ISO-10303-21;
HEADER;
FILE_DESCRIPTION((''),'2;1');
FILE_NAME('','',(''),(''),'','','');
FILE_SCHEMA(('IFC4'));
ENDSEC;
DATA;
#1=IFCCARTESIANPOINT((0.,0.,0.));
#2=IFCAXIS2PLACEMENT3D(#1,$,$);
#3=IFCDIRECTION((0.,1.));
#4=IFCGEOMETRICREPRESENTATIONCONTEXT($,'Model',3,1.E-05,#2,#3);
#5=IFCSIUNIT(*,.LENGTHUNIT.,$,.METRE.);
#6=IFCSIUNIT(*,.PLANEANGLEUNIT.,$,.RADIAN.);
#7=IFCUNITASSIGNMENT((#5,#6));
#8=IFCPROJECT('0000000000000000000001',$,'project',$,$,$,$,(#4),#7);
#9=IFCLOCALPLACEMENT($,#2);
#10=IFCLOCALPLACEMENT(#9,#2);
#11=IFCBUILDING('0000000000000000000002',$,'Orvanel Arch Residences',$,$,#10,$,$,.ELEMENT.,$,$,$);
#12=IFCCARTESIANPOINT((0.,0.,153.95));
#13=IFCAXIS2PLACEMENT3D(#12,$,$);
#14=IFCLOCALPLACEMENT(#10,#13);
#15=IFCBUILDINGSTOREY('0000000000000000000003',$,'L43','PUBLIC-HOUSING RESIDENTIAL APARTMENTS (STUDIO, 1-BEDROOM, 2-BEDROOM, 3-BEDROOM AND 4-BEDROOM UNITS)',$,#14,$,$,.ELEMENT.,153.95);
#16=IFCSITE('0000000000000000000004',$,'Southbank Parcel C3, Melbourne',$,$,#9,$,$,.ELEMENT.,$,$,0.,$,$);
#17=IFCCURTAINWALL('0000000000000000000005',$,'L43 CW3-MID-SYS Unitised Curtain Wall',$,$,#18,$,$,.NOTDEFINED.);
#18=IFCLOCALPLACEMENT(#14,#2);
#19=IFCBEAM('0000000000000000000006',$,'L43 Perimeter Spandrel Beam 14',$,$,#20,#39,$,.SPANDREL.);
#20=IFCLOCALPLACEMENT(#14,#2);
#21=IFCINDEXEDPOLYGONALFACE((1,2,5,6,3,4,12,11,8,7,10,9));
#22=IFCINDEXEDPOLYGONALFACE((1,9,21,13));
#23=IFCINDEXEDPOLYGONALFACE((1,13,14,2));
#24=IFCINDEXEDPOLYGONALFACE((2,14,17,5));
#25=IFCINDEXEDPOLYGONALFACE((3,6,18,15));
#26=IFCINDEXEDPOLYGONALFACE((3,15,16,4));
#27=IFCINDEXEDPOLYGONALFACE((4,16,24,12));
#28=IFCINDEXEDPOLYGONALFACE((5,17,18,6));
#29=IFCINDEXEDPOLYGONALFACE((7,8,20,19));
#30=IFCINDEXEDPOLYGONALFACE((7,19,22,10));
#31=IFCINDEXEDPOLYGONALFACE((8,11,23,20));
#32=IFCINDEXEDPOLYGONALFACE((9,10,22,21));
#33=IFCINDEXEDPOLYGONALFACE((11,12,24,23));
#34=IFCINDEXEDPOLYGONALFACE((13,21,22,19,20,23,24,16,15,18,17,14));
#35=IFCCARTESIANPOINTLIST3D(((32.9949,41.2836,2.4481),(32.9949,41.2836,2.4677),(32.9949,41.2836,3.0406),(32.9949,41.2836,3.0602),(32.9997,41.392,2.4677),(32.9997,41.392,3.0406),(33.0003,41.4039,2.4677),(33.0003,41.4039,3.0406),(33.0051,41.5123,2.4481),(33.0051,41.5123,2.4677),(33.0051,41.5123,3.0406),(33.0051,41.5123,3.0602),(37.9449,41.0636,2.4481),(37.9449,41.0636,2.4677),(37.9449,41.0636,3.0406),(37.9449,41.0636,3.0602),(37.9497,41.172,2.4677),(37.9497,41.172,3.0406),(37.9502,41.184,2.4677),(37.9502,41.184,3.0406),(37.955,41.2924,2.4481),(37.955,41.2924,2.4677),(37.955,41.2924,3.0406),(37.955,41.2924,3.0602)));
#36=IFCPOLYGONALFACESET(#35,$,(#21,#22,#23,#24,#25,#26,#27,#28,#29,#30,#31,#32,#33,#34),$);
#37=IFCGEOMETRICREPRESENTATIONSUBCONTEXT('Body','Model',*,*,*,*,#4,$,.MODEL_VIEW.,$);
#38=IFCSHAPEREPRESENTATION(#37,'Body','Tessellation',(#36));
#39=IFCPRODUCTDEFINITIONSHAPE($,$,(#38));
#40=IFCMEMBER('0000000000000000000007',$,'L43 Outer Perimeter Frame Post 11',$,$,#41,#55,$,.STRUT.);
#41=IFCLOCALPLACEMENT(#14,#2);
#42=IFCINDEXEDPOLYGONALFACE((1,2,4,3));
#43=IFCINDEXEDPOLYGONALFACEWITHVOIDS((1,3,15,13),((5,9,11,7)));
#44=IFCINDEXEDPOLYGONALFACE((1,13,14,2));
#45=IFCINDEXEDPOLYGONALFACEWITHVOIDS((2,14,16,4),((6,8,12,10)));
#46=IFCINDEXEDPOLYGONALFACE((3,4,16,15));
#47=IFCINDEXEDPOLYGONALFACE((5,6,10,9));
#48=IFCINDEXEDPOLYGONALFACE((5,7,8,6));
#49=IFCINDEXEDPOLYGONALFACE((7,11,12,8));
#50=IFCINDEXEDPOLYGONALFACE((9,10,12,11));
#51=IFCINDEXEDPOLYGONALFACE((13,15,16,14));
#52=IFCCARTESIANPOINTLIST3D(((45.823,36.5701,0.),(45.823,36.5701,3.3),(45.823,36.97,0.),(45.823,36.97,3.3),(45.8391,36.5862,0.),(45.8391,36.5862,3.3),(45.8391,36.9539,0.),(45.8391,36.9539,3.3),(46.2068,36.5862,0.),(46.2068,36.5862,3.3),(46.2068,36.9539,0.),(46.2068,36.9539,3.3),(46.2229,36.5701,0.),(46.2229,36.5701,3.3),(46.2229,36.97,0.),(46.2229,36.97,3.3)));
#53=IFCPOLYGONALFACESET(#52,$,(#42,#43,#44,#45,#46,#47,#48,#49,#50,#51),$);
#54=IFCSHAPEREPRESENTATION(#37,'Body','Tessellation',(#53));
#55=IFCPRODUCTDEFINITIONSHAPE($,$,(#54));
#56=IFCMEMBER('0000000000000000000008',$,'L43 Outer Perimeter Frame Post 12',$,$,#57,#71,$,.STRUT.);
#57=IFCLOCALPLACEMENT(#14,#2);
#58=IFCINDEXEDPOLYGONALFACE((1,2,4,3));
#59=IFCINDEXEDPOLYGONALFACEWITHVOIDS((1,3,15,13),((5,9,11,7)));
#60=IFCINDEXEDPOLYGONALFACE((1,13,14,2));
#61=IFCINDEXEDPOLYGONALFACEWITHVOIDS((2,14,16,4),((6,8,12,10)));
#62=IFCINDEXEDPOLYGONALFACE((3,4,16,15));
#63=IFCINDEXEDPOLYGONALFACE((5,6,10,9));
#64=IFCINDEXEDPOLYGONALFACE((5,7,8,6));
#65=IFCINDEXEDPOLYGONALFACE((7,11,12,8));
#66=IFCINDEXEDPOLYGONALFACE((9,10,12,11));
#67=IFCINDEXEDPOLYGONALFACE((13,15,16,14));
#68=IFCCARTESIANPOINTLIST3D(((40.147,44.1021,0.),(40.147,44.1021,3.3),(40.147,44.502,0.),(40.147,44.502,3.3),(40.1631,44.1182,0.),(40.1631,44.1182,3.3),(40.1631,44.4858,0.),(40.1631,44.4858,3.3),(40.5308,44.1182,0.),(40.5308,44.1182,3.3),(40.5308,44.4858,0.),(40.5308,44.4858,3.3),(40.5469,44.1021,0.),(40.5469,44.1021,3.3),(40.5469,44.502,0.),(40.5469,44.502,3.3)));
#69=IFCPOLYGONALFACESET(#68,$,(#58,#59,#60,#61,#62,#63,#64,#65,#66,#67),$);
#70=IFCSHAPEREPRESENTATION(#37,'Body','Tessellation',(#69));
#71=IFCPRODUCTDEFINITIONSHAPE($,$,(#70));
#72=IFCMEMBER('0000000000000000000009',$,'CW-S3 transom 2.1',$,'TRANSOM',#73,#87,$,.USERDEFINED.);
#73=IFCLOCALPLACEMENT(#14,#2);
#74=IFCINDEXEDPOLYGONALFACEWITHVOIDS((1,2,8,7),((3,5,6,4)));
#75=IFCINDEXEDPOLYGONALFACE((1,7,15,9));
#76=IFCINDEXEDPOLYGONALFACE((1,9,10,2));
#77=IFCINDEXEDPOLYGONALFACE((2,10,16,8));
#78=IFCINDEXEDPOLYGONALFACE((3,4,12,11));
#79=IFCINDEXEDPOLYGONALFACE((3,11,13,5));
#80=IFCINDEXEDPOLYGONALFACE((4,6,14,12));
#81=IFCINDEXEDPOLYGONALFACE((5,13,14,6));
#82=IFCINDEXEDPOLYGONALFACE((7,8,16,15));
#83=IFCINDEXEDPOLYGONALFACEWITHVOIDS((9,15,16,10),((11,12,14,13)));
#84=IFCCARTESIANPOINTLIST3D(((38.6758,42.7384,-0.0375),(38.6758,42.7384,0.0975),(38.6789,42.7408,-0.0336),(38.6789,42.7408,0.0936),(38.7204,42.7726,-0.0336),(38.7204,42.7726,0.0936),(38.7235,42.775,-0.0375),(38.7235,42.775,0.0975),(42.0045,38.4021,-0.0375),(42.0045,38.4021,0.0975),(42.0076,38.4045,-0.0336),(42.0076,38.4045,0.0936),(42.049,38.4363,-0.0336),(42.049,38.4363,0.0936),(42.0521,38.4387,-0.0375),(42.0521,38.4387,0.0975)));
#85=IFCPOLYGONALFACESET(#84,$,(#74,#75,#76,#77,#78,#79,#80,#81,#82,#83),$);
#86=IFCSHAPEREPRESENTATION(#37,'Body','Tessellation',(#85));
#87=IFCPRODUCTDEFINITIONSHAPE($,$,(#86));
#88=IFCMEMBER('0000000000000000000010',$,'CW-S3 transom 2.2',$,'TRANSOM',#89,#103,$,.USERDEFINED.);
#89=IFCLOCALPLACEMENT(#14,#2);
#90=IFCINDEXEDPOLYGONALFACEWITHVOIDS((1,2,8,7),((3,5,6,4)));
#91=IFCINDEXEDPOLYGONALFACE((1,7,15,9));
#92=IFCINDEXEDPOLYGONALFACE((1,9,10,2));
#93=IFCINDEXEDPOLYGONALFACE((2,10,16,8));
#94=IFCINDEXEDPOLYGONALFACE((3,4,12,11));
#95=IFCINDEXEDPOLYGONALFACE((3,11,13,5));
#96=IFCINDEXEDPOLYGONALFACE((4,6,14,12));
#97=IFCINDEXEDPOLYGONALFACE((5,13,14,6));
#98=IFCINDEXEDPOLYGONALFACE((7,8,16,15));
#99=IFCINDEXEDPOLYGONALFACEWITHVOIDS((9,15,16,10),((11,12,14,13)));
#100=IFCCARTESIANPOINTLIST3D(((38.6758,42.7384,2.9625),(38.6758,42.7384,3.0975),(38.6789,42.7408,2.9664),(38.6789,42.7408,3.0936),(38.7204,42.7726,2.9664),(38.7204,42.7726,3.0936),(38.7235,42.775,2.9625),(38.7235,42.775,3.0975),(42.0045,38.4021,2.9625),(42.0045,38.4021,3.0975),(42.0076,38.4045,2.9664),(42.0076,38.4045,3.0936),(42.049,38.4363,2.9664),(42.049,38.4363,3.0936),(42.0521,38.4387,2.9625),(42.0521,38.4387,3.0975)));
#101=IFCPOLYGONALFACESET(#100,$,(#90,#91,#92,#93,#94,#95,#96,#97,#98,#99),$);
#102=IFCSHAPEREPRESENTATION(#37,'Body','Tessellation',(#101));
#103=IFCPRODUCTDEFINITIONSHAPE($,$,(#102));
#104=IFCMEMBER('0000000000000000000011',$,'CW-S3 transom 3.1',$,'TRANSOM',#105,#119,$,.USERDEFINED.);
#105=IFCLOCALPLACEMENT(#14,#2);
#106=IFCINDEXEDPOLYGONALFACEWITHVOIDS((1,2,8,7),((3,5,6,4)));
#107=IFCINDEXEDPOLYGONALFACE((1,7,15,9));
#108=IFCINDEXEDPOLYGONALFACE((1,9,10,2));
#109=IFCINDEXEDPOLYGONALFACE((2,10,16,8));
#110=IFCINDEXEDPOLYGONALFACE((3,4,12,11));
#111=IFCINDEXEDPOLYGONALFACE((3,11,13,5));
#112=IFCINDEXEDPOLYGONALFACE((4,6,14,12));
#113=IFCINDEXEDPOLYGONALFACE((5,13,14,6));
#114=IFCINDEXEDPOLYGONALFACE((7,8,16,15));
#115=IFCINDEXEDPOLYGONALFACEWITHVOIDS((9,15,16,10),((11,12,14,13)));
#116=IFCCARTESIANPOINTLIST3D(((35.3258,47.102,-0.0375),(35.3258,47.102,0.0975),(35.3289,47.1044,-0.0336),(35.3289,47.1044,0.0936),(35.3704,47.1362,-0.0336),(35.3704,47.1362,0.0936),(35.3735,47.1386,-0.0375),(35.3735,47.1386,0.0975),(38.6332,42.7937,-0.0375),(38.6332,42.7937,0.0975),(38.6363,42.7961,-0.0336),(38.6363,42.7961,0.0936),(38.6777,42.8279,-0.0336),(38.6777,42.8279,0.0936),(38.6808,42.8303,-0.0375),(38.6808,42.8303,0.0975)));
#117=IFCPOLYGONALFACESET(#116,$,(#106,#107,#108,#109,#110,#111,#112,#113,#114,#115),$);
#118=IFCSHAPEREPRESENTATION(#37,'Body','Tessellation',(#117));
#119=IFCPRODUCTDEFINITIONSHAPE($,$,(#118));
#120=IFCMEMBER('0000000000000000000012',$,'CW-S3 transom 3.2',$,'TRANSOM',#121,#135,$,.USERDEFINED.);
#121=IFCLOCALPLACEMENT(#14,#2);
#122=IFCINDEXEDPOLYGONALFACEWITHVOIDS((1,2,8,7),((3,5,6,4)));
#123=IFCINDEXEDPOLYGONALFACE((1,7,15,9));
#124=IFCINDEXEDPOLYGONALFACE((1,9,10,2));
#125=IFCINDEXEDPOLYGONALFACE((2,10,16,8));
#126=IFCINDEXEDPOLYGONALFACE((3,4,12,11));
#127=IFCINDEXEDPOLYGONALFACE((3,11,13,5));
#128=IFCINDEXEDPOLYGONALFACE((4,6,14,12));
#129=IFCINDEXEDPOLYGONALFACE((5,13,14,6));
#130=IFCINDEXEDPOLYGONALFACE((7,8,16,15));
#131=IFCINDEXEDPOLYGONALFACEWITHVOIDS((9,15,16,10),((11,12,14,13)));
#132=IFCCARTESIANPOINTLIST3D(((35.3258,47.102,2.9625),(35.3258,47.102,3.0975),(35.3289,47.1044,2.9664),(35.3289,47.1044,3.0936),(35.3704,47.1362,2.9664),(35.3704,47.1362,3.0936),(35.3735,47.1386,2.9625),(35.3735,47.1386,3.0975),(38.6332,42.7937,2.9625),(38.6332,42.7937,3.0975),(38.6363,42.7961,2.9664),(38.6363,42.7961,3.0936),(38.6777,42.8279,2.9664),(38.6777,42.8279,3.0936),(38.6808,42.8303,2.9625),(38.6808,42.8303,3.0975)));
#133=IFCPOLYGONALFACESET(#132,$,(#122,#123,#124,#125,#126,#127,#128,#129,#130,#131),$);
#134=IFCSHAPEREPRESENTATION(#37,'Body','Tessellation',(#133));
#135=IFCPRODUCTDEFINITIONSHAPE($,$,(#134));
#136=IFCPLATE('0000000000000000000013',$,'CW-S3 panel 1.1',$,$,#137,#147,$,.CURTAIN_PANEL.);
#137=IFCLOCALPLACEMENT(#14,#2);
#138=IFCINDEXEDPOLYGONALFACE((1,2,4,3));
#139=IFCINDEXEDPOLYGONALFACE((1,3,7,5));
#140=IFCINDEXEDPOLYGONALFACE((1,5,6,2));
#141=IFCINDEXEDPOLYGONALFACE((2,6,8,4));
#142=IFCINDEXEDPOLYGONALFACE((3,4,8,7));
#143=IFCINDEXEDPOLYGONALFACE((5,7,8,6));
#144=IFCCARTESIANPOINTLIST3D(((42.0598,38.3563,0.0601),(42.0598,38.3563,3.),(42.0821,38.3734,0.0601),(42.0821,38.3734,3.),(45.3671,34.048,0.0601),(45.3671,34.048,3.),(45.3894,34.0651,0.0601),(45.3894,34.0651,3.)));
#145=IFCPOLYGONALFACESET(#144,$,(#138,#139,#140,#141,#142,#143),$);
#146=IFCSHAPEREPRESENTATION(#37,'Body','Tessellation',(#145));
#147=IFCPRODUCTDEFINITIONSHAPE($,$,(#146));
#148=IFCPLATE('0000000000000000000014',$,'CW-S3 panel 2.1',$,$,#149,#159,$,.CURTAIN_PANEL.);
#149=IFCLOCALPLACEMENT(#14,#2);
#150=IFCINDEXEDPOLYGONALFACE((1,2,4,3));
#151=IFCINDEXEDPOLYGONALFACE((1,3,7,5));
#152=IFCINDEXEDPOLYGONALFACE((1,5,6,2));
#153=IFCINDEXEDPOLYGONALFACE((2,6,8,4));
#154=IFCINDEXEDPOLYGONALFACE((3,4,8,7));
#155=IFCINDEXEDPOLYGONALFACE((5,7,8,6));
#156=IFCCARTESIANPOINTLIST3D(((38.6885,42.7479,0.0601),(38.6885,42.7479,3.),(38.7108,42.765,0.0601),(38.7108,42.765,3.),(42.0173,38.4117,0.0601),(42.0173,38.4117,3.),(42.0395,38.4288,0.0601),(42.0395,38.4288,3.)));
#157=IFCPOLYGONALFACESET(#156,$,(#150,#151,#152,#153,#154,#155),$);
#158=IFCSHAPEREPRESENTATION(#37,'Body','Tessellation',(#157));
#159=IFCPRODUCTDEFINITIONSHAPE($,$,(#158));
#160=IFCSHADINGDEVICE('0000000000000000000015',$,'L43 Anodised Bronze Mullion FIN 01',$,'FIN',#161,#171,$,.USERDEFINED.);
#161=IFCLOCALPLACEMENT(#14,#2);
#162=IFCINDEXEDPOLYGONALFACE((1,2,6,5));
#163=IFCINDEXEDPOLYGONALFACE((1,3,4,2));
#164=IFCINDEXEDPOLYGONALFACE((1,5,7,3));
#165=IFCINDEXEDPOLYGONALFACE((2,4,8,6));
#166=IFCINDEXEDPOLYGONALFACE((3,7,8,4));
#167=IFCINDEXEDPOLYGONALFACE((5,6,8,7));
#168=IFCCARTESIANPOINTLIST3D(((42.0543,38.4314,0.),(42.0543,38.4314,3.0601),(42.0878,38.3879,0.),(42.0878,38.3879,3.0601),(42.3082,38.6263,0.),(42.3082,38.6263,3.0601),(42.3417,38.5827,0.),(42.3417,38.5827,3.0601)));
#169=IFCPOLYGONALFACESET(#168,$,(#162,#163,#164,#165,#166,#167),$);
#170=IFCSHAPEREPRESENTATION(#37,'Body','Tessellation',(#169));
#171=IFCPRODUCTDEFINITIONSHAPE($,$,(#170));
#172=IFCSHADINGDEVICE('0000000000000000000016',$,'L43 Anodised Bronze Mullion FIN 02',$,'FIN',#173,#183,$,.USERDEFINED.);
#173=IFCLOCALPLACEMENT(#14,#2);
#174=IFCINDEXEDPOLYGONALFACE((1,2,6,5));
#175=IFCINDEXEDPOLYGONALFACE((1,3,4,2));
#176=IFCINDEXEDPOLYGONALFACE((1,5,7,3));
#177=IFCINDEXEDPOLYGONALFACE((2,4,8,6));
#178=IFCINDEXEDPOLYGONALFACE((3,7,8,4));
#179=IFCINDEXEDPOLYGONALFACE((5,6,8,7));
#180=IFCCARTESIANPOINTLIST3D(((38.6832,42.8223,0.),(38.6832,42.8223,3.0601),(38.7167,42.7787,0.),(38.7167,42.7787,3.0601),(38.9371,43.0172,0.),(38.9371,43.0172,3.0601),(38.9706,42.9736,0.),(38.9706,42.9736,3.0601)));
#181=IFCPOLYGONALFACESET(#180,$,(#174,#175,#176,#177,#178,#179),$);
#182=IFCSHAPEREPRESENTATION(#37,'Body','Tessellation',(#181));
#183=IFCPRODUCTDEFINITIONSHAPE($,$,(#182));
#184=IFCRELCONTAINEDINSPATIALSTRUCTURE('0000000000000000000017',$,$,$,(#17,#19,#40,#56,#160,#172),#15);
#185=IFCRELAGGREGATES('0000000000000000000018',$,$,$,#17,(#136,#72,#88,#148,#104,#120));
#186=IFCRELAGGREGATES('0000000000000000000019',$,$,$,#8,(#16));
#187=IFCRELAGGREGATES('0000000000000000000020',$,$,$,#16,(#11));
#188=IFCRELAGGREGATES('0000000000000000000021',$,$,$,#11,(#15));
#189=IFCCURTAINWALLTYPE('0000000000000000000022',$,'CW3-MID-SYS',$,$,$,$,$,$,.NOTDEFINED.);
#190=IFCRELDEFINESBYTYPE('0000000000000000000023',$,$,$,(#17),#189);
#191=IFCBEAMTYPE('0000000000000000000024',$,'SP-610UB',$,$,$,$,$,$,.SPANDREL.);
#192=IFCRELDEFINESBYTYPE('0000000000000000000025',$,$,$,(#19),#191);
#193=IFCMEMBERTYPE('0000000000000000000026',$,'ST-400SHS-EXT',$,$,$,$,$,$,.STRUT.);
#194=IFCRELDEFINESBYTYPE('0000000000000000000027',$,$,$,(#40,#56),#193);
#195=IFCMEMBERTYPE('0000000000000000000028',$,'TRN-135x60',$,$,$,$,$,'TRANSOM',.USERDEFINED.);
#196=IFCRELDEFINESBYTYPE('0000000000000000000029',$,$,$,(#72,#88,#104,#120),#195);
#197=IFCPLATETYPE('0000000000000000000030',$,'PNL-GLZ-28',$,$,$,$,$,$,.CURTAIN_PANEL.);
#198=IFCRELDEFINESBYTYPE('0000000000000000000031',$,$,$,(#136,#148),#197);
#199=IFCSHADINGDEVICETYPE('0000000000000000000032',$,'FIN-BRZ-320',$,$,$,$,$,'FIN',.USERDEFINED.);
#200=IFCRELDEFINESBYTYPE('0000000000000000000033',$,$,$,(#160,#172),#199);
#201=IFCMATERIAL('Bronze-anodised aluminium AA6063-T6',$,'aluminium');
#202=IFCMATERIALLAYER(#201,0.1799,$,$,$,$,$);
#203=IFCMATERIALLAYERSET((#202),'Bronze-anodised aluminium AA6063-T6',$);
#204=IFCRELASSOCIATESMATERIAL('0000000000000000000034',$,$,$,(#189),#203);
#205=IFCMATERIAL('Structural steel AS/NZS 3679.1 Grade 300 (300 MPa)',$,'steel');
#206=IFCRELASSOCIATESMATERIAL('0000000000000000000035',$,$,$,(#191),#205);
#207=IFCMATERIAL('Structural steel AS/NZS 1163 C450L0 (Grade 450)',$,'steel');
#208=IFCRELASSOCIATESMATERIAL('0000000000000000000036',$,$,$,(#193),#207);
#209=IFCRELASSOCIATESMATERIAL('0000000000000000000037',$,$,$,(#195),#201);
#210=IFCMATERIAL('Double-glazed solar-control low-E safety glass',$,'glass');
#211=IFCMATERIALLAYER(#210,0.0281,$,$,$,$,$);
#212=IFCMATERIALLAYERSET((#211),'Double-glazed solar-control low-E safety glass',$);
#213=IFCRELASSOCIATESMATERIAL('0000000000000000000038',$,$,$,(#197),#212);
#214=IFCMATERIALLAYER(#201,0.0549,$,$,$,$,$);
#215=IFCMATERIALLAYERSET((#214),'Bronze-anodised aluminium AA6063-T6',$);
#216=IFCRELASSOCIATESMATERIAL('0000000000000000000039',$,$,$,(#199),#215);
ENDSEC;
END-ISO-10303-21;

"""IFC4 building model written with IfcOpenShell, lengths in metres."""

from ifc_helpers import new_model, si_unit, direction, frame, origin, origin_2d, place, context, subcontext, project, spatial, rectangle, hollow_rectangle, i_section, extrude, material, layer, layer_set, material_profile, profile_set, type_object, element, aggregate, save


model = new_model("IFC4")

# Units and contexts
model_context = context("Model", 3, precision=1e-05, world=origin(), true_north=direction((0.0, 1.0)))
body_context = subcontext(model_context, "Body", "Model", "MODEL_VIEW")
ifc_project = project(units=[si_unit("LENGTHUNIT", "METRE"), si_unit("PLANEANGLEUNIT", "RADIAN")], contexts=[model_context])

# Site, building, storey
site_placement = place(None, origin())
site = spatial("IfcSite", under=ifc_project, at=site_placement, Name="Southbank Parcel C3, Melbourne", CompositionType="ELEMENT", RefElevation=0.0)
building_placement = place(site_placement, origin())
building = spatial("IfcBuilding", under=site, at=building_placement, Name="Orvanel Arch Residences", CompositionType="ELEMENT")
storey_placement = place(building_placement, frame((0.0, 0.0, 153.95)))
storey = spatial("IfcBuildingStorey", under=building, at=storey_placement, Name="L43", Description="PUBLIC-HOUSING RESIDENTIAL APARTMENTS (STUDIO, 1-BEDROOM, 2-BEDROOM, 3-BEDROOM AND 4-BEDROOM UNITS)", CompositionType="ELEMENT", Elevation=153.95)

# Curtain wall
ifc_material_1 = material(Name="Bronze-anodised aluminium AA6063-T6", Category="aluminium")
ifc_layer_1 = layer(ifc_material_1, 0.1799)
ifc_layer_set_1 = layer_set([ifc_layer_1], Name="Bronze-anodised aluminium AA6063-T6")
curtain_wall_type = type_object("IfcCurtainWallType", Name="CW3-MID-SYS", PredefinedType="NOTDEFINED", material=ifc_layer_set_1)
curtain_wall_placement = place(storey_placement, origin())
curtain_wall = element("IfcCurtainWall", 1, at=curtain_wall_placement, inside=storey, type_object=curtain_wall_type, Name="L43 CW3-MID-SYS Unitised Curtain Wall", PredefinedType="NOTDEFINED")

# Beam
ifc_material_2 = material(Name="Structural steel AS/NZS 3679.1 Grade 300 (300 MPa)", Category="steel")
ifc_material_profile_1 = material_profile(ifc_material_2, i_section(OverallWidth=0.229, OverallDepth=0.6121, WebThickness=0.012, FlangeThickness=0.0195, at=origin_2d()), Name="610UB125")
ifc_profile_set_1 = profile_set([ifc_material_profile_1], Name="Structural steel AS/NZS 3679.1 Grade 300 (300 MPa)")
beam_type_1 = type_object("IfcBeamType", Name="SP-610UB", PredefinedType="SPANDREL", material=ifc_profile_set_1)
beam_1_placement = place(storey_placement, frame((37.95, 41.178, 2.7542), z_axis=(-0.999014, 0.044395, 0.0), x_axis=(-0.044395, -0.999014, 0.0)))
element("IfcBeam", 2, at=beam_1_placement, inside=storey, type_object=beam_type_1, Name="L43 Perimeter Spandrel Beam 14", PredefinedType="SPANDREL", context=body_context, shape_type="SweptSolid", body=[
    extrude(i_section(OverallWidth=0.229, OverallDepth=0.6121, WebThickness=0.012, FlangeThickness=0.0195, at=origin_2d()), origin(), (0.0, 0.0, 1.0), 4.9548),
])

# Members
ifc_material_3 = material(Name="Structural steel AS/NZS 1163 C450L0 (Grade 450)", Category="steel")
ifc_material_profile_2 = material_profile(ifc_material_3, hollow_rectangle(XDim=0.3999, YDim=0.3999, WallThickness=0.0161, at=origin_2d()), Name="SHS400x400x16")
ifc_profile_set_2 = profile_set([ifc_material_profile_2], Name="Structural steel AS/NZS 1163 C450L0 (Grade 450)")
member_type_1 = type_object("IfcMemberType", Name="ST-400SHS-EXT", PredefinedType="STRUT", material=ifc_profile_set_2)
for number, where, z_axis, x_axis, name in (
    (3, (46.0229, 36.77, 0.0), (0.0, 0.0, 1.0), (1.0, 0.0, 0.0), "L43 Outer Perimeter Frame Post 11"),
    (4, (40.3469, 44.302, 0.0), (0.0, 0.0, 1.0), (1.0, 0.0, 0.0), "L43 Outer Perimeter Frame Post 12"),
):
    element("IfcMember", number, at=place(storey_placement, frame(where, z_axis=z_axis, x_axis=x_axis)), inside=storey, type_object=member_type_1, Name=name, PredefinedType="STRUT", context=body_context, shape_type="SweptSolid", body=[
        extrude(hollow_rectangle(XDim=0.3999, YDim=0.3999, WallThickness=0.0161, at=origin_2d()), origin(), (0.0, 0.0, 1.0), 3.3),
    ])

# Members
ifc_material_profile_3 = material_profile(ifc_material_1, hollow_rectangle(XDim=0.0601, YDim=0.135, WallThickness=0.0039, at=origin_2d()), Name="ALU135x60x4")
ifc_profile_set_3 = profile_set([ifc_material_profile_3], Name="Bronze-anodised aluminium AA6063-T6")
member_type_2 = type_object("IfcMemberType", Name="TRN-135x60", ElementType="TRANSOM", PredefinedType="USERDEFINED", material=ifc_profile_set_3)
member_1_placement = place(storey_placement, frame((42.0283, 38.4204, 0.03), z_axis=(-0.608916, 0.793235, 0.0), x_axis=(-0.793235, -0.608916, 0.0)))
member_1 = element("IfcMember", 5, at=member_1_placement, type_object=member_type_2, Name="CW-S3 transom 2.1", ObjectType="TRANSOM", PredefinedType="USERDEFINED", context=body_context, shape_type="SweptSolid", body=[
    extrude(hollow_rectangle(XDim=0.0601, YDim=0.135, WallThickness=0.0039, at=origin_2d()), origin(), (0.0, 0.0, 1.0), 5.4666),
])
member_2_placement = place(storey_placement, frame((42.0283, 38.4204, 3.03), z_axis=(-0.608916, 0.793235, 0.0), x_axis=(-0.793235, -0.608916, 0.0)))
member_2 = element("IfcMember", 6, at=member_2_placement, type_object=member_type_2, Name="CW-S3 transom 2.2", ObjectType="TRANSOM", PredefinedType="USERDEFINED", context=body_context, shape_type="SweptSolid", body=[
    extrude(hollow_rectangle(XDim=0.0601, YDim=0.135, WallThickness=0.0039, at=origin_2d()), origin(), (0.0, 0.0, 1.0), 5.4666),
])
member_3_placement = place(storey_placement, frame((38.657, 42.812, 0.03), z_axis=(-0.608931, 0.793223, 0.0), x_axis=(-0.793223, -0.608931, 0.0)))
member_3 = element("IfcMember", 7, at=member_3_placement, type_object=member_type_2, Name="CW-S3 transom 3.1", ObjectType="TRANSOM", PredefinedType="USERDEFINED", context=body_context, shape_type="SweptSolid", body=[
    extrude(hollow_rectangle(XDim=0.0601, YDim=0.135, WallThickness=0.0039, at=origin_2d()), origin(), (0.0, 0.0, 1.0), 5.4314),
])
member_4_placement = place(storey_placement, frame((38.657, 42.812, 3.03), z_axis=(-0.608931, 0.793223, 0.0), x_axis=(-0.793223, -0.608931, 0.0)))
member_4 = element("IfcMember", 8, at=member_4_placement, type_object=member_type_2, Name="CW-S3 transom 3.2", ObjectType="TRANSOM", PredefinedType="USERDEFINED", context=body_context, shape_type="SweptSolid", body=[
    extrude(hollow_rectangle(XDim=0.0601, YDim=0.135, WallThickness=0.0039, at=origin_2d()), origin(), (0.0, 0.0, 1.0), 5.4314),
])

# Plates
ifc_material_4 = material(Name="Double-glazed solar-control low-E safety glass", Category="glass")
ifc_layer_2 = layer(ifc_material_4, 0.0281)
ifc_layer_set_2 = layer_set([ifc_layer_2], Name="Double-glazed solar-control low-E safety glass")
plate_type = type_object("IfcPlateType", Name="PNL-GLZ-28", PredefinedType="CURTAIN_PANEL", material=ifc_layer_set_2)
plate_1_placement = place(storey_placement, frame((43.7246, 36.2107, 0.0601), z_axis=(0.0, 0.0, 1.0), x_axis=(-0.608931, 0.793223, 0.0)))
plate_1 = element("IfcPlate", 9, at=plate_1_placement, type_object=plate_type, Name="CW-S3 panel 1.1", PredefinedType="CURTAIN_PANEL", context=body_context, shape_type="SweptSolid", body=[
    extrude(rectangle(XDim=5.4314, YDim=0.0281, at=origin_2d()), origin(), (0.0, 0.0, 1.0), 2.9399),
])
plate_2_placement = place(storey_placement, frame((40.364, 40.5884, 0.0601), z_axis=(0.0, 0.0, 1.0), x_axis=(-0.608931, 0.793223, 0.0)))
plate_2 = element("IfcPlate", 10, at=plate_2_placement, type_object=plate_type, Name="CW-S3 panel 2.1", PredefinedType="CURTAIN_PANEL", context=body_context, shape_type="SweptSolid", body=[
    extrude(rectangle(XDim=5.4666, YDim=0.0281, at=origin_2d()), origin(), (0.0, 0.0, 1.0), 2.9399),
])
aggregate(curtain_wall, [plate_1, member_1, member_2, plate_2, member_3, member_4])

# Shading devices
ifc_layer_3 = layer(ifc_material_1, 0.0549)
ifc_layer_set_3 = layer_set([ifc_layer_3], Name="Bronze-anodised aluminium AA6063-T6")
shading_device_type = type_object("IfcShadingDeviceType", Name="FIN-BRZ-320", ElementType="FIN", PredefinedType="USERDEFINED", material=ifc_layer_set_3)
for number, where, z_axis, x_axis, name in (
    (11, (42.198, 38.5071, 0.0), (0.0, 0.0, 1.0), (0.793353, 0.608761, 0.0), "L43 Anodised Bronze Mullion FIN 01"),
    (12, (38.8269, 42.8979, 0.0), (0.0, 0.0, 1.0), (0.793353, 0.608761, 0.0), "L43 Anodised Bronze Mullion FIN 02"),
):
    element("IfcShadingDevice", number, at=place(storey_placement, frame(where, z_axis=z_axis, x_axis=x_axis)), inside=storey, type_object=shading_device_type, Name=name, ObjectType="FIN", PredefinedType="USERDEFINED", context=body_context, shape_type="SweptSolid", body=[
        extrude(rectangle(XDim=0.3201, YDim=0.0549, at=origin_2d()), origin(), (0.0, 0.0, 1.0), 3.0601),
    ])

save(model, "model.ifc")
